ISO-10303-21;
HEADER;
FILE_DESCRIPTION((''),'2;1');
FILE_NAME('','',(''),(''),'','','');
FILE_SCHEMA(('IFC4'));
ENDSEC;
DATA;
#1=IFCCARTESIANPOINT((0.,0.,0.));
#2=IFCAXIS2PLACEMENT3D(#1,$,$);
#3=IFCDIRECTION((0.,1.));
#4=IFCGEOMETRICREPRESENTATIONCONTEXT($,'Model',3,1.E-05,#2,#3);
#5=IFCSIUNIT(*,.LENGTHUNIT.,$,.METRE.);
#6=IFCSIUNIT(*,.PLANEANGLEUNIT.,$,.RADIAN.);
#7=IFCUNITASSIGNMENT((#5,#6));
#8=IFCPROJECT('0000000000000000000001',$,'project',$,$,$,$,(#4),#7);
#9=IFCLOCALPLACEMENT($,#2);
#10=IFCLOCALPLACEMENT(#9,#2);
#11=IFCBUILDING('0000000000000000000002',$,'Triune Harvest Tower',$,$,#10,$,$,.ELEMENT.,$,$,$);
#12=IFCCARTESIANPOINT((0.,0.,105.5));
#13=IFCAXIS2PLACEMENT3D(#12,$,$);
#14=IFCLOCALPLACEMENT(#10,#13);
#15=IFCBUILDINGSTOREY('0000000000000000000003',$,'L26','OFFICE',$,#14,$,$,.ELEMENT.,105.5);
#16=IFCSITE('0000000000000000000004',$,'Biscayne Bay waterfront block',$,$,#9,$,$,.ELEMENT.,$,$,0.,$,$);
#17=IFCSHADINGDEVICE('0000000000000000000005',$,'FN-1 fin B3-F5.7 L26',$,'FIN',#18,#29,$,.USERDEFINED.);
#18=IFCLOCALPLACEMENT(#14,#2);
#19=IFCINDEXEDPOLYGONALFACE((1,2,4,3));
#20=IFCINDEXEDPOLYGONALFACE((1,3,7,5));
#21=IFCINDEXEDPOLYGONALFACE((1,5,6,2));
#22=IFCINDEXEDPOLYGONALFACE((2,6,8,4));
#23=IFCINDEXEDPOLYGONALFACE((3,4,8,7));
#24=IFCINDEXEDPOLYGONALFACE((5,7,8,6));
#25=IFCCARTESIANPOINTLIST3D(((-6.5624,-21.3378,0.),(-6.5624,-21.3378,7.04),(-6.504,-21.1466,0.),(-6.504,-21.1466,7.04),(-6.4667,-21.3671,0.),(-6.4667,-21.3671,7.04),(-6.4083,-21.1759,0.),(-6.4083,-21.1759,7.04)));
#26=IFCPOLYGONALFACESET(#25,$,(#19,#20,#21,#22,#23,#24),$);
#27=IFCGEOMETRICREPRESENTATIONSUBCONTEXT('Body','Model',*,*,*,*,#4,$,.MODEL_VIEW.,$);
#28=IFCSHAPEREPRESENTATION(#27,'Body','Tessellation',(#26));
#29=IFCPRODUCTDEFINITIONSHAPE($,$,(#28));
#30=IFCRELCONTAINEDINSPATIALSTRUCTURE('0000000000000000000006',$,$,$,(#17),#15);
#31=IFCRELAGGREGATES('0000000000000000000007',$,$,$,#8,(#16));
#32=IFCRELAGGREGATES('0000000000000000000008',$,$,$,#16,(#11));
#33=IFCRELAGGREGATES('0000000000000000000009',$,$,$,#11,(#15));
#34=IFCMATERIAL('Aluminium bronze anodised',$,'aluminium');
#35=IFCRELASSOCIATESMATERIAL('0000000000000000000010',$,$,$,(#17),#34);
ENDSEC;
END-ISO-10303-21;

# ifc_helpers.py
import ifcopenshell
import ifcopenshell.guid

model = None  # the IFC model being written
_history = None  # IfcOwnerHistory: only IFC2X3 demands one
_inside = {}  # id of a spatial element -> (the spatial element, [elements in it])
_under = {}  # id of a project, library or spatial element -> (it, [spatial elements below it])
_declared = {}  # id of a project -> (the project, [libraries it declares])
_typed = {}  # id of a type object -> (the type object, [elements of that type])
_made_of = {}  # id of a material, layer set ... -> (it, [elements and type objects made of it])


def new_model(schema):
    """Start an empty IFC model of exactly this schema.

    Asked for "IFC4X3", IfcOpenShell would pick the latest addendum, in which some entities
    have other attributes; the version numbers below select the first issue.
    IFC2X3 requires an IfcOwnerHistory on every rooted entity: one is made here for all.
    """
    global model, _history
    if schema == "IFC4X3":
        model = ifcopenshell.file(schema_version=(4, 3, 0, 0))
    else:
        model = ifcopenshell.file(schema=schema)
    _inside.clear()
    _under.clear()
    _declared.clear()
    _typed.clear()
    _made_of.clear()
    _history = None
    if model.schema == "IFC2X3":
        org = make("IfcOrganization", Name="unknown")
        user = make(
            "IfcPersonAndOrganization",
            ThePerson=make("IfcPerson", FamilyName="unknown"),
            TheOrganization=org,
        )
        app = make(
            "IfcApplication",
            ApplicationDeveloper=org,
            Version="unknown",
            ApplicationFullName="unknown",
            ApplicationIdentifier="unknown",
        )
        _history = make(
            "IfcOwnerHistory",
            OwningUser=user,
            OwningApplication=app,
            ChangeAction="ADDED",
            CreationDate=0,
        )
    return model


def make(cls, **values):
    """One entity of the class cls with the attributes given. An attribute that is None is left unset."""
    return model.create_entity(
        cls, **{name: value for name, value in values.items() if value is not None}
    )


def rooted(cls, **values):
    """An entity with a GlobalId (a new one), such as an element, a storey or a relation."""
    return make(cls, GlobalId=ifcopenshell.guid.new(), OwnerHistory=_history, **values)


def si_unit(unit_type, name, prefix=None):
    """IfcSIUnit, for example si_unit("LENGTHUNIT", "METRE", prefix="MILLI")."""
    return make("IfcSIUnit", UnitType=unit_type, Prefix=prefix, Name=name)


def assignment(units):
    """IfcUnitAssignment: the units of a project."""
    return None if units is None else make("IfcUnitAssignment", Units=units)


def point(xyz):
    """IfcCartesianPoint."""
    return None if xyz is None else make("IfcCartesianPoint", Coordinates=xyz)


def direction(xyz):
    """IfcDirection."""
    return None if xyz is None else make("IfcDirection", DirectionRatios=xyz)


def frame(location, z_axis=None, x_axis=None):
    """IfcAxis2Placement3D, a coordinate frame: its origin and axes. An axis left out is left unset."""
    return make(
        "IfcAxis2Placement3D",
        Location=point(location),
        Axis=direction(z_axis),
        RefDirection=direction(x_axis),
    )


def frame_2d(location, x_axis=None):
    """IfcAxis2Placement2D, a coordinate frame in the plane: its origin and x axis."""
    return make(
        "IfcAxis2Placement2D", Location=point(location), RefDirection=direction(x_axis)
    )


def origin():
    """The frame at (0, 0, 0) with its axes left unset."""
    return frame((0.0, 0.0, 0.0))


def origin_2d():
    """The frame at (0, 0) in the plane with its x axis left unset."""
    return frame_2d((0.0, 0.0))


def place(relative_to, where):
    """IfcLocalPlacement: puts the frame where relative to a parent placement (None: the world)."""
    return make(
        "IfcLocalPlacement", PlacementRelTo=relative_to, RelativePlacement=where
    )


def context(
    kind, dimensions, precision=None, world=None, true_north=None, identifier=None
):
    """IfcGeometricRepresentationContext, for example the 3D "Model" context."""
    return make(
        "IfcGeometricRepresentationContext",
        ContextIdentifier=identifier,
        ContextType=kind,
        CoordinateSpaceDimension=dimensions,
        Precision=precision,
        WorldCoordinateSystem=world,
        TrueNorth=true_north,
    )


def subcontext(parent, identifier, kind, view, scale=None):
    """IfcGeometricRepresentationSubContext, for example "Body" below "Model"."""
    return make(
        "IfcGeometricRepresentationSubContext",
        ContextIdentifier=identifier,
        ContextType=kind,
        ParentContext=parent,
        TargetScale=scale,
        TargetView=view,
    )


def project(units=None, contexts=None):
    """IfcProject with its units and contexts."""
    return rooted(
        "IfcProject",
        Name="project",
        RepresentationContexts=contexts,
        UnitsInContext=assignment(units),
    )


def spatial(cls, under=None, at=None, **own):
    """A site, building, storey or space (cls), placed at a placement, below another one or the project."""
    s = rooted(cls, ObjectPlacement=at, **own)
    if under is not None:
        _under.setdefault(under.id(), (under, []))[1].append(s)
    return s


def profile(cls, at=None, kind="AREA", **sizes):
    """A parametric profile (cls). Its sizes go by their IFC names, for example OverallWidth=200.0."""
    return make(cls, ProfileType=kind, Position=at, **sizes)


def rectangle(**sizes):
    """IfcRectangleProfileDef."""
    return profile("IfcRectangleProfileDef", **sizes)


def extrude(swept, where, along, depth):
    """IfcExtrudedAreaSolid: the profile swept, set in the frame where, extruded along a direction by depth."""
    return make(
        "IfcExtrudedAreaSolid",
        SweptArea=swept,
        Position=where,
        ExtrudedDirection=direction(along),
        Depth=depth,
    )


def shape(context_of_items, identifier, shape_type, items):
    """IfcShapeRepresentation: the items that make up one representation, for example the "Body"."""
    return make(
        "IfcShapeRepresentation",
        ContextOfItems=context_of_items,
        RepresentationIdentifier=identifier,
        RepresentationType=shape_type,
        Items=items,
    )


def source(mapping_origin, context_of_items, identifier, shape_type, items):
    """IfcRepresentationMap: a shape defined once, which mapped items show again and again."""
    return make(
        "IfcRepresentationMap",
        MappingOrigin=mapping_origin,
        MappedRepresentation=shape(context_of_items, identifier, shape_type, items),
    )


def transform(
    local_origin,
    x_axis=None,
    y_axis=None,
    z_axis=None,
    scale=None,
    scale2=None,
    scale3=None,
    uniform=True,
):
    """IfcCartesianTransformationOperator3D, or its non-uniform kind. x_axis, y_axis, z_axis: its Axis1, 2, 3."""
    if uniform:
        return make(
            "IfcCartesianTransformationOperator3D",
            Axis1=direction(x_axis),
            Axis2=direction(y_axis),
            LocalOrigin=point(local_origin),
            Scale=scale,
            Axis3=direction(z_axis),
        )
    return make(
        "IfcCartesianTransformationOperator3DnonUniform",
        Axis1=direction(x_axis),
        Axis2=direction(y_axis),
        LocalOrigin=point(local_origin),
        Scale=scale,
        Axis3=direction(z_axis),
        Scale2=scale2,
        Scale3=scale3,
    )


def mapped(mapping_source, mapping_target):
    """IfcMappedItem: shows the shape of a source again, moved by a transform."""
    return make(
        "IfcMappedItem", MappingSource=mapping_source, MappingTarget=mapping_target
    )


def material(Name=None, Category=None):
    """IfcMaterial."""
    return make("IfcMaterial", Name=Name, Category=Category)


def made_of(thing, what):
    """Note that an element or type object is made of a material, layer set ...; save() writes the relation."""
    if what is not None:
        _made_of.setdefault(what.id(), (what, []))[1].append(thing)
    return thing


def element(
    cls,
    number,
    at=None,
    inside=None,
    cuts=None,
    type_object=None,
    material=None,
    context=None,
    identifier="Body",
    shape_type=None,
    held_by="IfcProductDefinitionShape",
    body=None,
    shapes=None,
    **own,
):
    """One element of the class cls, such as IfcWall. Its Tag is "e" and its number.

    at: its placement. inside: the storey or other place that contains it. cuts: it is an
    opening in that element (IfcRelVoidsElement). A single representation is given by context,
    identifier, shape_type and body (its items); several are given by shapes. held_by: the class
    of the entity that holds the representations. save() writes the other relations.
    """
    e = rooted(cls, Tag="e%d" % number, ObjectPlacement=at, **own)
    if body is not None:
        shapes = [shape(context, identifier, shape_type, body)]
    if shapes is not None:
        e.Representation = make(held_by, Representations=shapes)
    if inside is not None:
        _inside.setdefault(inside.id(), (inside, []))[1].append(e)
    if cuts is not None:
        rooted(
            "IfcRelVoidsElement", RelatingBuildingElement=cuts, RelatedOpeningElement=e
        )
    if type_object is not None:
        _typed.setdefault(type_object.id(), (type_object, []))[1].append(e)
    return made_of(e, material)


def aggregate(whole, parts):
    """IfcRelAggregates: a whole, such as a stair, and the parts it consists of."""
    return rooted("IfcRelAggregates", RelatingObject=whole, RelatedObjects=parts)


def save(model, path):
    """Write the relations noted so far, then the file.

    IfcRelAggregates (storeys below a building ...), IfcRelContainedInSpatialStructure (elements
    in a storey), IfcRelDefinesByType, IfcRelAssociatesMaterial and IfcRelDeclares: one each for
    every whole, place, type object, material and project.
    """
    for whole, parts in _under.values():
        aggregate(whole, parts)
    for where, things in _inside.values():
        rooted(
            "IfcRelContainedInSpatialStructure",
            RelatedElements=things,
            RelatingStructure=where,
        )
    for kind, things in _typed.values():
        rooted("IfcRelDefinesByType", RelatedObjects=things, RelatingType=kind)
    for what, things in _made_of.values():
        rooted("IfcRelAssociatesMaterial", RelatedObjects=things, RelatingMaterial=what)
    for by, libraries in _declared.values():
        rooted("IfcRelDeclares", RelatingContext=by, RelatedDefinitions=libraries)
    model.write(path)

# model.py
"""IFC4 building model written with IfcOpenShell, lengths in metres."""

from ifc_helpers import new_model, si_unit, direction, frame, origin, origin_2d, place, context, subcontext, project, spatial, rectangle, extrude, source, transform, mapped, material, element, save


model = new_model("IFC4")

# Units and contexts
model_context = context("Model", 3, precision=1e-05, world=origin(), true_north=direction((0.0, 1.0)))
body_context = subcontext(model_context, "Body", "Model", "MODEL_VIEW")
ifc_project = project(units=[si_unit("LENGTHUNIT", "METRE"), si_unit("PLANEANGLEUNIT", "RADIAN")], contexts=[model_context])

# Site, building, storey
site_placement = place(None, origin())
site = spatial("IfcSite", under=ifc_project, at=site_placement, Name="Biscayne Bay waterfront block", CompositionType="ELEMENT", RefElevation=0.0)
building_placement = place(site_placement, origin())
building = spatial("IfcBuilding", under=site, at=building_placement, Name="Triune Harvest Tower", CompositionType="ELEMENT")
storey_placement = place(building_placement, frame((0.0, 0.0, 105.5)))
storey = spatial("IfcBuildingStorey", under=building, at=storey_placement, Name="L26", Description="OFFICE", CompositionType="ELEMENT", Elevation=105.5)

# Shading device
ifc_material_1 = material(Name="Aluminium bronze anodised", Category="aluminium")
shared_shape_1 = source(origin(), body_context, "Body", "SweptSolid", [
    extrude(rectangle(XDim=0.1001, YDim=0.2, at=origin_2d()), origin(), (0.0, 0.0, 1.0), 7.04),
])
shading_device_placement = place(storey_placement, frame((-6.4854, -21.2568, 0.0), z_axis=(0.0, 0.0, 1.0), x_axis=(0.956304, -0.292373, 0.0)))
element("IfcShadingDevice", 1, at=shading_device_placement, inside=storey, material=ifc_material_1, Name="FN-1 fin B3-F5.7 L26", ObjectType="FIN", PredefinedType="USERDEFINED", context=body_context, shape_type="MappedRepresentation", body=[
    mapped(shared_shape_1, transform((0.0, 0.0, 0.0), scale=1.0)),
])

save(model, "model.ifc")
